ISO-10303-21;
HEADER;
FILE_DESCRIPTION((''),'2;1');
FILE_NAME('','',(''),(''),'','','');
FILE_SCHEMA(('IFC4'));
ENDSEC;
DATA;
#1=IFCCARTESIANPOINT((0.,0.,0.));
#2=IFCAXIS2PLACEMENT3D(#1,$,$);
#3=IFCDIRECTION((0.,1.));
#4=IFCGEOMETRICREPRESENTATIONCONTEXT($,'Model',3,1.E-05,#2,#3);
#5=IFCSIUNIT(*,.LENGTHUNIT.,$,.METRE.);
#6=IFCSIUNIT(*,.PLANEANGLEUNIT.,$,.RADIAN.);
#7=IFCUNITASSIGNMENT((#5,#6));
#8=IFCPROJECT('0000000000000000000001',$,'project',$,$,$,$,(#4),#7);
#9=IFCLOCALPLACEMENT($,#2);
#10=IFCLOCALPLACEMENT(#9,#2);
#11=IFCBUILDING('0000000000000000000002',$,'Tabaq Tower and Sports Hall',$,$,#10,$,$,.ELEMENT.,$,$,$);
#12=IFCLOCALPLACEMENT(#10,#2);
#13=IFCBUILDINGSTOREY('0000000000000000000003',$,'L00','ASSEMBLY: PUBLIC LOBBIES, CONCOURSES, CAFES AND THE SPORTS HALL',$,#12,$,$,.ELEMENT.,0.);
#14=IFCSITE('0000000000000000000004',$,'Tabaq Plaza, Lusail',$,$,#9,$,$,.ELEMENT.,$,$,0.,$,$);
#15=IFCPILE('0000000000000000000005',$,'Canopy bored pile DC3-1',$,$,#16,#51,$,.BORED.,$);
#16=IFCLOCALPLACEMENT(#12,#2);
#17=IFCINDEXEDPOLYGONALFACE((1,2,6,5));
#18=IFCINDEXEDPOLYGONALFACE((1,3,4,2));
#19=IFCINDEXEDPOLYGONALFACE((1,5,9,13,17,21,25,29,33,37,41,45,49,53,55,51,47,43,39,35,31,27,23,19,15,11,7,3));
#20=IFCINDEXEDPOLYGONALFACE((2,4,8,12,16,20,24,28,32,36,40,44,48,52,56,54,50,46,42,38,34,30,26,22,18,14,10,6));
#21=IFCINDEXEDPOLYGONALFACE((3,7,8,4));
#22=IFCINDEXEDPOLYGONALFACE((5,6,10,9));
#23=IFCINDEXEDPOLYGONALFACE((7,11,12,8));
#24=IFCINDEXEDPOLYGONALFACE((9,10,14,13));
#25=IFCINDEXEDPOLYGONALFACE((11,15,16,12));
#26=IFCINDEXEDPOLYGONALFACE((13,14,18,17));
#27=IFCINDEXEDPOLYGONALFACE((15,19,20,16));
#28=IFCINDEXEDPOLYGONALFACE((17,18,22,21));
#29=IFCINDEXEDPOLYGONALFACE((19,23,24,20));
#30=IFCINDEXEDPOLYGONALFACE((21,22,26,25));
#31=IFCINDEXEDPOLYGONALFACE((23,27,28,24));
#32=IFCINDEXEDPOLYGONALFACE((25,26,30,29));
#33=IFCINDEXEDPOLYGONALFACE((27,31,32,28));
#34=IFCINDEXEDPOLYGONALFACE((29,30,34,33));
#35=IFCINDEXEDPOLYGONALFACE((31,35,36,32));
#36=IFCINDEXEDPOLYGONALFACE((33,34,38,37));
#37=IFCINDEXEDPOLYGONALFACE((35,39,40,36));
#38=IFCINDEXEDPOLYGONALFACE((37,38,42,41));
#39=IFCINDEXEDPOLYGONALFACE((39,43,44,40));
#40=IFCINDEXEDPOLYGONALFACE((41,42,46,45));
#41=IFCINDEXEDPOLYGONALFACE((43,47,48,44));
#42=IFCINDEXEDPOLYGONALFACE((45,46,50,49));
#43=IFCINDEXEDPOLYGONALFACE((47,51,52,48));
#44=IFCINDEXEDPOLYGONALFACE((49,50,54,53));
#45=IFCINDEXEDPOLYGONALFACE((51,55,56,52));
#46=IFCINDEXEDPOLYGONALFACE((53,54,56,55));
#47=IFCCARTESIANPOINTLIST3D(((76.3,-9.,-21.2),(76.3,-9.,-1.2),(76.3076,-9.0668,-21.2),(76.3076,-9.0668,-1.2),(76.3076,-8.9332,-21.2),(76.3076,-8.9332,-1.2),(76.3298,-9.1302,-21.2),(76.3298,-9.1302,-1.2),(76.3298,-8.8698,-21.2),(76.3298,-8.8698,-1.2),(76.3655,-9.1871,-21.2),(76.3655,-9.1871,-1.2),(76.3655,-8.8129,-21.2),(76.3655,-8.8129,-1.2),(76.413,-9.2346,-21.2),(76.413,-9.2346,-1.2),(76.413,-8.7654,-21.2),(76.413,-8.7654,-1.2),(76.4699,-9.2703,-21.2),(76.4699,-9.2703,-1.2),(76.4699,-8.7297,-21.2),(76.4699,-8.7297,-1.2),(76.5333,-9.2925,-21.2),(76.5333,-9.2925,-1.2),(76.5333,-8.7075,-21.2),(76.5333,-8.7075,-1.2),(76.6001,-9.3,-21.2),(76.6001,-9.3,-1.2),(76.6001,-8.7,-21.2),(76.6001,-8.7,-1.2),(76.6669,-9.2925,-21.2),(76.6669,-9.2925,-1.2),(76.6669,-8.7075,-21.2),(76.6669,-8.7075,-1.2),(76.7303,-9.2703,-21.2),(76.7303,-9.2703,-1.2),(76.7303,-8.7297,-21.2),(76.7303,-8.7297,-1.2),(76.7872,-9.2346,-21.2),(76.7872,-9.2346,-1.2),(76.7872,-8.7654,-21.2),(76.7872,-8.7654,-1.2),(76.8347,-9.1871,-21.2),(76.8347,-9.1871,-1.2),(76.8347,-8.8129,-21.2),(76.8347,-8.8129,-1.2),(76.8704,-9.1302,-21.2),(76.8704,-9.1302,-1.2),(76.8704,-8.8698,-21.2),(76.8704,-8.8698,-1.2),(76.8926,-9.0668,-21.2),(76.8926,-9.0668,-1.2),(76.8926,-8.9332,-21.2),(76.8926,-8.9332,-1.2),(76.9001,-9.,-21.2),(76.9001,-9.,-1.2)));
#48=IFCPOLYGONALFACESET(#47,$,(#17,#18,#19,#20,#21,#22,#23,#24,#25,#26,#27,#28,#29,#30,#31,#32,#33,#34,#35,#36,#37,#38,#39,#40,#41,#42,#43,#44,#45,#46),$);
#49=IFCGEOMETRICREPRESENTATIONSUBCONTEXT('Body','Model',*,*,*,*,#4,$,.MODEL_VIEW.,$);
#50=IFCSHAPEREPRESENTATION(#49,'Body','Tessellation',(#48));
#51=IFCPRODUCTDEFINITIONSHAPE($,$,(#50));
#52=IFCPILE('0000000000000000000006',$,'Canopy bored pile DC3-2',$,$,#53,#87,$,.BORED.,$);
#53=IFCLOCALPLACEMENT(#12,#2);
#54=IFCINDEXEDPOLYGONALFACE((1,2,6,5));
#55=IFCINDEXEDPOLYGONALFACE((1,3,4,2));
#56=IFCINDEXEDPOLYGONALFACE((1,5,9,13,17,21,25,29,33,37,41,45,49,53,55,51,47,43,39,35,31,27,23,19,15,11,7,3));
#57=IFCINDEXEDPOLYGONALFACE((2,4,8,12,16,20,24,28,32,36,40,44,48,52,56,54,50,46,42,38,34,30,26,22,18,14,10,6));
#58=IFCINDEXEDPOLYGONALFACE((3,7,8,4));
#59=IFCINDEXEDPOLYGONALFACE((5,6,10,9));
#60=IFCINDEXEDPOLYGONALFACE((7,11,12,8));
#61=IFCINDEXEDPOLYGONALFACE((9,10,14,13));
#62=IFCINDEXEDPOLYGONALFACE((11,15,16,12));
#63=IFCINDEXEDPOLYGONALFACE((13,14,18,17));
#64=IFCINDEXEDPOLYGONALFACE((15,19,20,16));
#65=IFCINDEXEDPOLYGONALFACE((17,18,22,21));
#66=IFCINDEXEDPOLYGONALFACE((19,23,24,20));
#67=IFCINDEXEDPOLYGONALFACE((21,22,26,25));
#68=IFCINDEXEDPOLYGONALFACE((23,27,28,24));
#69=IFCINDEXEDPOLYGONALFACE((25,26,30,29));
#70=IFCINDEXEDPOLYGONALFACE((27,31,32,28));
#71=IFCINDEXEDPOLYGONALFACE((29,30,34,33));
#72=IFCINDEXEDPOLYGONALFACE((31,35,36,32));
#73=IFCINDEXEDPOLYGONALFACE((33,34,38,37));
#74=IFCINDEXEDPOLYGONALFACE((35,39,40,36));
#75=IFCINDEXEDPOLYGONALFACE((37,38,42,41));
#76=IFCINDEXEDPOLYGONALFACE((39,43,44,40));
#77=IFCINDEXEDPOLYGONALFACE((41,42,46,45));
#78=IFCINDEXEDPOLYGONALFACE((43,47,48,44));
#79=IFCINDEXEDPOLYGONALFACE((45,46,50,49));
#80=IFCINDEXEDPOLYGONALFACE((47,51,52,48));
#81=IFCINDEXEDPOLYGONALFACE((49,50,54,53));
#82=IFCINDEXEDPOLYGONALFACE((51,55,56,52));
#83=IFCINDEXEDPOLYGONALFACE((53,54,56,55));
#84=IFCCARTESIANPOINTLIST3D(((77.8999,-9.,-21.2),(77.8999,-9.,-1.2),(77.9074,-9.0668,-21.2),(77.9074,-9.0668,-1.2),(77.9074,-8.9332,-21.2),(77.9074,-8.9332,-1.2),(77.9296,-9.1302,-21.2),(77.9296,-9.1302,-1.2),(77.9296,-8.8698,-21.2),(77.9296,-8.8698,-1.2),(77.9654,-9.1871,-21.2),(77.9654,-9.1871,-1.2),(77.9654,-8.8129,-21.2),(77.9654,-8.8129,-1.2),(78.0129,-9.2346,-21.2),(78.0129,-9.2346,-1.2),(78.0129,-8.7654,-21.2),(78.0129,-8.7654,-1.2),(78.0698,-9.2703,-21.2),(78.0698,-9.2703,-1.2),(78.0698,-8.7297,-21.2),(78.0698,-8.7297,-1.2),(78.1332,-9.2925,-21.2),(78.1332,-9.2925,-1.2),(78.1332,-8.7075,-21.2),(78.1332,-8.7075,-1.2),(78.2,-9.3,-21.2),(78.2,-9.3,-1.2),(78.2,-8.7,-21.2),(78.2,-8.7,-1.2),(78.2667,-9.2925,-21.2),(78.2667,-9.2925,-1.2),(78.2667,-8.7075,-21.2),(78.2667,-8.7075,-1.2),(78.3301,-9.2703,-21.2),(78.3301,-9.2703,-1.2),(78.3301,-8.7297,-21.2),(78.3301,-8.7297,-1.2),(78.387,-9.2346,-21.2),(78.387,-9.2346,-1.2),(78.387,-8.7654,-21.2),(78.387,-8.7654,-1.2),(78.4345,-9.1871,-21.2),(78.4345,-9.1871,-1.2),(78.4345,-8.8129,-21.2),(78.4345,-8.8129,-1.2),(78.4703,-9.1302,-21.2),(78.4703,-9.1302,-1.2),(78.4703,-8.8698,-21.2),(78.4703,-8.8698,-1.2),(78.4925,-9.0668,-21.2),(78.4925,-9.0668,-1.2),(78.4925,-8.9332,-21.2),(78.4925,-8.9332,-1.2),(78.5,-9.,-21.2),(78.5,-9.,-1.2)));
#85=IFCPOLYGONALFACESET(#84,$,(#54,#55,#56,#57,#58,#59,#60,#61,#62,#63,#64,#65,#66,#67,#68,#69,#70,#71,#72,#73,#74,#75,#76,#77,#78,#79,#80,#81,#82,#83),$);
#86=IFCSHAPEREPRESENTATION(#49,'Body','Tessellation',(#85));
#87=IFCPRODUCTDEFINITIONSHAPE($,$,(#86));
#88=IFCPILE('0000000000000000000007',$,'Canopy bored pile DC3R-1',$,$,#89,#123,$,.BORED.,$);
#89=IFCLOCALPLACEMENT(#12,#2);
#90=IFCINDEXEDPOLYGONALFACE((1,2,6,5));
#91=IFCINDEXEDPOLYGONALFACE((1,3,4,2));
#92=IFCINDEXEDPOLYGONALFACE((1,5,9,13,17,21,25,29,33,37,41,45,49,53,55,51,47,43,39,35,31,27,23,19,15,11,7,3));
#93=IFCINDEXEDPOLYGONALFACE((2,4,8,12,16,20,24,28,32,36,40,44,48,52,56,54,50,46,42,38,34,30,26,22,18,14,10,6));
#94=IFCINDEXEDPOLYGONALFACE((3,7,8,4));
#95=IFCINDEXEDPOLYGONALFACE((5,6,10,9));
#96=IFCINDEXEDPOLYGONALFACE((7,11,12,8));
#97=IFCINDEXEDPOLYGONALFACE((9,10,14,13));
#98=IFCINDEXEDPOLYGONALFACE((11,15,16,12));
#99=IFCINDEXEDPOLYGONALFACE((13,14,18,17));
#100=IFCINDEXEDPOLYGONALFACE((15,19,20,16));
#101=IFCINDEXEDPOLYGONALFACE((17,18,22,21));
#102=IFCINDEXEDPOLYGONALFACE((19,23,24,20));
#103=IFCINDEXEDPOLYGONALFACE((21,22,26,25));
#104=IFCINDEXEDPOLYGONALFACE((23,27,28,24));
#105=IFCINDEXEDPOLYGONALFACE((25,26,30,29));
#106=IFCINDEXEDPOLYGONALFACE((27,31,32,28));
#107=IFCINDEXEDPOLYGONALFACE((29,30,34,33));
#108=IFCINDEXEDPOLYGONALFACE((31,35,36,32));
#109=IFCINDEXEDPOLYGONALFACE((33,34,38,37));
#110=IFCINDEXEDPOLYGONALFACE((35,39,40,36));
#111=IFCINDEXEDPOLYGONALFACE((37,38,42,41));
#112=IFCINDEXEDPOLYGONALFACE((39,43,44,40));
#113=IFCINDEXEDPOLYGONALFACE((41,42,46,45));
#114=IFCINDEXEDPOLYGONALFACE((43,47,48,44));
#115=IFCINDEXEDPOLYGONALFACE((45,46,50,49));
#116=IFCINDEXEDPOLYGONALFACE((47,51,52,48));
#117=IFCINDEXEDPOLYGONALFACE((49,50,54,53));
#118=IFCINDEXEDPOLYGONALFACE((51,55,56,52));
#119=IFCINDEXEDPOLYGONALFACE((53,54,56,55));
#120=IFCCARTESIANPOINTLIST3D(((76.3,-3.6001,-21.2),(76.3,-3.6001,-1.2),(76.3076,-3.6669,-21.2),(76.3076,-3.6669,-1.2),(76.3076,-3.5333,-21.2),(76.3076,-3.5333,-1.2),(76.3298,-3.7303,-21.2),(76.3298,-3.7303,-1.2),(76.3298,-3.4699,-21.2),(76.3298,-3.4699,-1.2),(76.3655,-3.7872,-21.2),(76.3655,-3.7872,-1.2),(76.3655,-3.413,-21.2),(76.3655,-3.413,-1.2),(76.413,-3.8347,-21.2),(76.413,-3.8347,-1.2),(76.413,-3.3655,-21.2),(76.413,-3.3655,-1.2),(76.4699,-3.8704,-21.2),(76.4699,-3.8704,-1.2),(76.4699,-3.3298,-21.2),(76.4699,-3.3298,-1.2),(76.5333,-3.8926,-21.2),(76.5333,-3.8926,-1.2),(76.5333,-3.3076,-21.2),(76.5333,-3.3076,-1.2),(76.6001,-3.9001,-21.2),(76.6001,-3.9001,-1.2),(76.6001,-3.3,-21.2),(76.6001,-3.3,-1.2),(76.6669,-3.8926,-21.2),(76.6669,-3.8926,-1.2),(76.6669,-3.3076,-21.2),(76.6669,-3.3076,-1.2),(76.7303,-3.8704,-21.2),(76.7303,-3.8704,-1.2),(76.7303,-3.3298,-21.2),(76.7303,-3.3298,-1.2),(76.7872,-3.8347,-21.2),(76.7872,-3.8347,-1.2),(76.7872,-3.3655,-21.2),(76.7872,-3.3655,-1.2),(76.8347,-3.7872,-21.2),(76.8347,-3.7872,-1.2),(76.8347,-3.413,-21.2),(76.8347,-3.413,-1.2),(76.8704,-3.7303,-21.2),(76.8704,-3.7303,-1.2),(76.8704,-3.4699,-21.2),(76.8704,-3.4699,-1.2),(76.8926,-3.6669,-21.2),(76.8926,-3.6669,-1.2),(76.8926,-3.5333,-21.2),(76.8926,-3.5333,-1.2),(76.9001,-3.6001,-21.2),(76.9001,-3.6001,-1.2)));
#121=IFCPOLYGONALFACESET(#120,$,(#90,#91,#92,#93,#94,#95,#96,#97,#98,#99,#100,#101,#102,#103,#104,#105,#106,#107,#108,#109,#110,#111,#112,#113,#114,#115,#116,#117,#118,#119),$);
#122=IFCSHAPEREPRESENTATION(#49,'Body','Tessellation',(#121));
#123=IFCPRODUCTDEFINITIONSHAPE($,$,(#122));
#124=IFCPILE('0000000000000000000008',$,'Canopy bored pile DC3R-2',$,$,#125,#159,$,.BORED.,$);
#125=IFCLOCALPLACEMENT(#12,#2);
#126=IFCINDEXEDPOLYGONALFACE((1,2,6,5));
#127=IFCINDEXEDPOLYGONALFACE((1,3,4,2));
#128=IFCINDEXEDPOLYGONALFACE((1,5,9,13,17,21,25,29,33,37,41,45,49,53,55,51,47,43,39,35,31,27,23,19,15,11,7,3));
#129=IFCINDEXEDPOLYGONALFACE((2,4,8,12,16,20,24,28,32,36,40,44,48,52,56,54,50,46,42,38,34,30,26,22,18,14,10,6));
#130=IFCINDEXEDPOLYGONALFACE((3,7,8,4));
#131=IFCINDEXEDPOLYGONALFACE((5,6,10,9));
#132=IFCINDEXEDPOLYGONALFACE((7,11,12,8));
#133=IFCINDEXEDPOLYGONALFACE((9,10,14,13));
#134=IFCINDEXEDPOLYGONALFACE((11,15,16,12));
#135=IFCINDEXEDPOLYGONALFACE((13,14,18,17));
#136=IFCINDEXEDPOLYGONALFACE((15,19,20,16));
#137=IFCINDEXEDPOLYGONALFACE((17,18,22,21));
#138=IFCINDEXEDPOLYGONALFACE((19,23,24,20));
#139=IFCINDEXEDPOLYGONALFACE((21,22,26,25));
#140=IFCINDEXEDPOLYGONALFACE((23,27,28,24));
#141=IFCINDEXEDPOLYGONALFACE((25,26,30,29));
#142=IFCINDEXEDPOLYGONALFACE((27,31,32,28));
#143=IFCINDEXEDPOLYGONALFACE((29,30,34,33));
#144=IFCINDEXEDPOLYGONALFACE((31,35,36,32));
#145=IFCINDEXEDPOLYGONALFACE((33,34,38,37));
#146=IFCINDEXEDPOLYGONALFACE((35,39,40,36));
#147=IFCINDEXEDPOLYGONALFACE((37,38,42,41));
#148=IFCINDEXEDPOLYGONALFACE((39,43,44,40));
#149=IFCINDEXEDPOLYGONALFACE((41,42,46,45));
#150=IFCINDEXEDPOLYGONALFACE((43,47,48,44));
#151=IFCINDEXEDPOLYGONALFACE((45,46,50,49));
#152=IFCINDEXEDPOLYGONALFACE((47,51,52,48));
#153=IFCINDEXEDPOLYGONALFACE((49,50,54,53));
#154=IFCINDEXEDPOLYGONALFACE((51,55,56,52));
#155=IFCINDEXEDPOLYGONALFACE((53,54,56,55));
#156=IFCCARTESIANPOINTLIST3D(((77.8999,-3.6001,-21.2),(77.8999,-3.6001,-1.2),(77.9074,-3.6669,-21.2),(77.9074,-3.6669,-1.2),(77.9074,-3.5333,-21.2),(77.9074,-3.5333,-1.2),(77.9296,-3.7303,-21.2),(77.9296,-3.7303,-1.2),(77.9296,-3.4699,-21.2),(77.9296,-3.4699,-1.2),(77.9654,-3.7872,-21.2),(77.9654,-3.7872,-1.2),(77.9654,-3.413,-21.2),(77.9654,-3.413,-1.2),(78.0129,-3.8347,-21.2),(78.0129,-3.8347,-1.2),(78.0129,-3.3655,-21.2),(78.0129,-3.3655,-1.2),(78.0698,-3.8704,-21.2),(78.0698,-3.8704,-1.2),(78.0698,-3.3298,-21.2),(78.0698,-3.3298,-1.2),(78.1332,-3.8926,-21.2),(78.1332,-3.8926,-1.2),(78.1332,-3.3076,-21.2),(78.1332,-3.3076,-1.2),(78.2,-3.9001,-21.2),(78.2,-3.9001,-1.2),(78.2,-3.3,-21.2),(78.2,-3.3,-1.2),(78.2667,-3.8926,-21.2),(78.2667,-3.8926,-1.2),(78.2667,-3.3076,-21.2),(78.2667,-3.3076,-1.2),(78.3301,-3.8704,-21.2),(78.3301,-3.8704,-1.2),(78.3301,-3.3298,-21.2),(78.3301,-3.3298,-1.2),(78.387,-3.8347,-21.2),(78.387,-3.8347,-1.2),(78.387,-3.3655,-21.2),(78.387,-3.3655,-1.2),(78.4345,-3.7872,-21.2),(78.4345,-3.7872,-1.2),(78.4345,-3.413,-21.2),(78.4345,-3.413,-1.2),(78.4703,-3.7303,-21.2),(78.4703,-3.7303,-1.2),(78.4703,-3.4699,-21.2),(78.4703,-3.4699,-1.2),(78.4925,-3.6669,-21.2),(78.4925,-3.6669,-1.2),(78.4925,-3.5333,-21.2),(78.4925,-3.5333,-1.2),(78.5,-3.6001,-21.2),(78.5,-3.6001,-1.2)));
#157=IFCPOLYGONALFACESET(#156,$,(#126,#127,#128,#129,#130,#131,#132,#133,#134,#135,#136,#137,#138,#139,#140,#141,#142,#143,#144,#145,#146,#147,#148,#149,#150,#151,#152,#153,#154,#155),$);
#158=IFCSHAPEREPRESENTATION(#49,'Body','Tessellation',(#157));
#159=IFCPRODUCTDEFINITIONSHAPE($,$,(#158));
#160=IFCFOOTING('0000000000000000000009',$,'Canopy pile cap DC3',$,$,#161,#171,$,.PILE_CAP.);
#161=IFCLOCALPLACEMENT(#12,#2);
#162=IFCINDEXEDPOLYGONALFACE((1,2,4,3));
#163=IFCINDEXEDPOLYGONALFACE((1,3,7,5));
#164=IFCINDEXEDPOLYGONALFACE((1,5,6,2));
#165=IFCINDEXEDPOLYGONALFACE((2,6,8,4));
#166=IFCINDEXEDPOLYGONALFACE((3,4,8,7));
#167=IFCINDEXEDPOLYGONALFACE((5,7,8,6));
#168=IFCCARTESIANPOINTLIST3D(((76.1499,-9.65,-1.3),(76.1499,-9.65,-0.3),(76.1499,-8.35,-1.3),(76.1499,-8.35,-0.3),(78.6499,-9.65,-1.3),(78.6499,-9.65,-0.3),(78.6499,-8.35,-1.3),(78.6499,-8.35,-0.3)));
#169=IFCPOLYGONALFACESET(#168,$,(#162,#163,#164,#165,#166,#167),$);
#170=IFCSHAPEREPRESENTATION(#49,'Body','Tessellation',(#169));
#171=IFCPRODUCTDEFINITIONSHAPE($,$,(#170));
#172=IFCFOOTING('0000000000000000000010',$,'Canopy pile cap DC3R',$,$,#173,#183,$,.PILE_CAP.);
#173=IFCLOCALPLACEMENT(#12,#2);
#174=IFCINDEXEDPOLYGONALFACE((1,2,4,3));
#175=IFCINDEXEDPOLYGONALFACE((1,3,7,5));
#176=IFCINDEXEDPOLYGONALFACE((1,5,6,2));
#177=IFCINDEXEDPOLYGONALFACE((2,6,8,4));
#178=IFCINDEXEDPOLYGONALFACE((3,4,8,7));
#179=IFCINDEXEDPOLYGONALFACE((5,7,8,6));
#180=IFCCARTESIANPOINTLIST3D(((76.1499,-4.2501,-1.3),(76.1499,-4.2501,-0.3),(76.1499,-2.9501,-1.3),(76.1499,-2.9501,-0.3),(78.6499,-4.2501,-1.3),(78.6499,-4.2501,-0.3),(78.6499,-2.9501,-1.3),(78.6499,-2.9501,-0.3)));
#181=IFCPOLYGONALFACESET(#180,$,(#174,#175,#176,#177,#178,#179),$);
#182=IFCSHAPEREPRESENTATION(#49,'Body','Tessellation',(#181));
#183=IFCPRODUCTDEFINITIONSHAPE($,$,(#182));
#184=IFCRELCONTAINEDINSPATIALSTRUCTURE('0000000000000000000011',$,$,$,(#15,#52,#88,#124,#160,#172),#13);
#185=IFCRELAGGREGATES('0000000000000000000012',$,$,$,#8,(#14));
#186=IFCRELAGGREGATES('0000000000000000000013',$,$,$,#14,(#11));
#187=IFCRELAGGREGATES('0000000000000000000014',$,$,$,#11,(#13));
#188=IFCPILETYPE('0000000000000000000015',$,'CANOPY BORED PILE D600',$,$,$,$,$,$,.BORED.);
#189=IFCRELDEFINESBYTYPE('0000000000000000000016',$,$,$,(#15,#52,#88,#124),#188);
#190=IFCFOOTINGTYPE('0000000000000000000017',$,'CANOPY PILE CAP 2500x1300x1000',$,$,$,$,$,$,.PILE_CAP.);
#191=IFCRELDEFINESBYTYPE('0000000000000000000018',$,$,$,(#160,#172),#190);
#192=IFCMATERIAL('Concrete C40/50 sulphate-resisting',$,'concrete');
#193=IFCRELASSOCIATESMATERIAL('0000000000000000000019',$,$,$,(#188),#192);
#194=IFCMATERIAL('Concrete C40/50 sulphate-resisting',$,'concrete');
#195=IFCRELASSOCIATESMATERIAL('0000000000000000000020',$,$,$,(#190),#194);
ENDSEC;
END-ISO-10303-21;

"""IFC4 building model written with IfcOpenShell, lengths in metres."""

from ifc_helpers import new_model, si_unit, direction, frame, origin, origin_2d, place, context, subcontext, project, spatial, rectangle, circle, extrude, material, material_profile, profile_set, type_object, element, save


model = new_model("IFC4")

# Units and contexts
model_context = context("Model", 3, precision=1e-05, world=origin(), true_north=direction((0.0, 1.0)))
body_context = subcontext(model_context, "Body", "Model", "MODEL_VIEW")
ifc_project = project(units=[si_unit("LENGTHUNIT", "METRE"), si_unit("PLANEANGLEUNIT", "RADIAN")], contexts=[model_context])

# Site, building, storey
site_placement = place(None, origin())
site = spatial("IfcSite", under=ifc_project, at=site_placement, Name="Tabaq Plaza, Lusail", CompositionType="ELEMENT", RefElevation=0.0)
building_placement = place(site_placement, origin())
building = spatial("IfcBuilding", under=site, at=building_placement, Name="Tabaq Tower and Sports Hall", CompositionType="ELEMENT")
storey_placement = place(building_placement, origin())
storey = spatial("IfcBuildingStorey", under=building, at=storey_placement, Name="L00", Description="ASSEMBLY: PUBLIC LOBBIES, CONCOURSES, CAFES AND THE SPORTS HALL", CompositionType="ELEMENT", Elevation=0.0)

# Piles
ifc_material_1 = material(Name="Concrete C40/50 sulphate-resisting", Category="concrete")
ifc_material_profile_1 = material_profile(ifc_material_1, circle(Radius=0.3, at=origin_2d()), Name="D600")
ifc_profile_set_1 = profile_set([ifc_material_profile_1], Name="Concrete C40/50 sulphate-resisting")
pile_type_1 = type_object("IfcPileType", Name="CANOPY BORED PILE D600", PredefinedType="BORED", material=ifc_profile_set_1)
for number, where, z_axis, x_axis, name in (
    (1, (76.6001, -9.0, -1.2), (0.0, 0.0, -1.0), (1.0, 0.0, 0.0), "Canopy bored pile DC3-1"),
    (2, (78.2, -9.0, -1.2), (0.0, 0.0, -1.0), (1.0, 0.0, 0.0), "Canopy bored pile DC3-2"),
    (3, (76.6001, -3.6001, -1.2), (0.0, 0.0, -1.0), (1.0, 0.0, 0.0), "Canopy bored pile DC3R-1"),
    (4, (78.2, -3.6001, -1.2), (0.0, 0.0, -1.0), (1.0, 0.0, 0.0), "Canopy bored pile DC3R-2"),
):
    element("IfcPile", number, at=place(storey_placement, frame(where, z_axis=z_axis, x_axis=x_axis)), inside=storey, type_object=pile_type_1, Name=name, PredefinedType="BORED", context=body_context, shape_type="SweptSolid", body=[
        extrude(circle(Radius=0.3, at=origin_2d()), origin(), (0.0, 0.0, 1.0), 20.0),
    ])

# Footings
ifc_material_2 = material(Name="Concrete C40/50 sulphate-resisting", Category="concrete")
footing_type = type_object("IfcFootingType", Name="CANOPY PILE CAP 2500x1300x1000", PredefinedType="PILE_CAP", material=ifc_material_2)
for number, where, z_axis, x_axis, name in (
    (5, (77.3999, -9.0, -1.3), (0.0, 0.0, 1.0), (1.0, 0.0, 0.0), "Canopy pile cap DC3"),
    (6, (77.3999, -3.6001, -1.3), (0.0, 0.0, 1.0), (1.0, 0.0, 0.0), "Canopy pile cap DC3R"),
):
    element("IfcFooting", number, at=place(storey_placement, frame(where, z_axis=z_axis, x_axis=x_axis)), inside=storey, type_object=footing_type, Name=name, PredefinedType="PILE_CAP", context=body_context, shape_type="SweptSolid", body=[
        extrude(rectangle(XDim=2.5, YDim=1.3, at=origin_2d()), origin(), (0.0, 0.0, 1.0), 1.0),
    ])

save(model, "model.ifc")
